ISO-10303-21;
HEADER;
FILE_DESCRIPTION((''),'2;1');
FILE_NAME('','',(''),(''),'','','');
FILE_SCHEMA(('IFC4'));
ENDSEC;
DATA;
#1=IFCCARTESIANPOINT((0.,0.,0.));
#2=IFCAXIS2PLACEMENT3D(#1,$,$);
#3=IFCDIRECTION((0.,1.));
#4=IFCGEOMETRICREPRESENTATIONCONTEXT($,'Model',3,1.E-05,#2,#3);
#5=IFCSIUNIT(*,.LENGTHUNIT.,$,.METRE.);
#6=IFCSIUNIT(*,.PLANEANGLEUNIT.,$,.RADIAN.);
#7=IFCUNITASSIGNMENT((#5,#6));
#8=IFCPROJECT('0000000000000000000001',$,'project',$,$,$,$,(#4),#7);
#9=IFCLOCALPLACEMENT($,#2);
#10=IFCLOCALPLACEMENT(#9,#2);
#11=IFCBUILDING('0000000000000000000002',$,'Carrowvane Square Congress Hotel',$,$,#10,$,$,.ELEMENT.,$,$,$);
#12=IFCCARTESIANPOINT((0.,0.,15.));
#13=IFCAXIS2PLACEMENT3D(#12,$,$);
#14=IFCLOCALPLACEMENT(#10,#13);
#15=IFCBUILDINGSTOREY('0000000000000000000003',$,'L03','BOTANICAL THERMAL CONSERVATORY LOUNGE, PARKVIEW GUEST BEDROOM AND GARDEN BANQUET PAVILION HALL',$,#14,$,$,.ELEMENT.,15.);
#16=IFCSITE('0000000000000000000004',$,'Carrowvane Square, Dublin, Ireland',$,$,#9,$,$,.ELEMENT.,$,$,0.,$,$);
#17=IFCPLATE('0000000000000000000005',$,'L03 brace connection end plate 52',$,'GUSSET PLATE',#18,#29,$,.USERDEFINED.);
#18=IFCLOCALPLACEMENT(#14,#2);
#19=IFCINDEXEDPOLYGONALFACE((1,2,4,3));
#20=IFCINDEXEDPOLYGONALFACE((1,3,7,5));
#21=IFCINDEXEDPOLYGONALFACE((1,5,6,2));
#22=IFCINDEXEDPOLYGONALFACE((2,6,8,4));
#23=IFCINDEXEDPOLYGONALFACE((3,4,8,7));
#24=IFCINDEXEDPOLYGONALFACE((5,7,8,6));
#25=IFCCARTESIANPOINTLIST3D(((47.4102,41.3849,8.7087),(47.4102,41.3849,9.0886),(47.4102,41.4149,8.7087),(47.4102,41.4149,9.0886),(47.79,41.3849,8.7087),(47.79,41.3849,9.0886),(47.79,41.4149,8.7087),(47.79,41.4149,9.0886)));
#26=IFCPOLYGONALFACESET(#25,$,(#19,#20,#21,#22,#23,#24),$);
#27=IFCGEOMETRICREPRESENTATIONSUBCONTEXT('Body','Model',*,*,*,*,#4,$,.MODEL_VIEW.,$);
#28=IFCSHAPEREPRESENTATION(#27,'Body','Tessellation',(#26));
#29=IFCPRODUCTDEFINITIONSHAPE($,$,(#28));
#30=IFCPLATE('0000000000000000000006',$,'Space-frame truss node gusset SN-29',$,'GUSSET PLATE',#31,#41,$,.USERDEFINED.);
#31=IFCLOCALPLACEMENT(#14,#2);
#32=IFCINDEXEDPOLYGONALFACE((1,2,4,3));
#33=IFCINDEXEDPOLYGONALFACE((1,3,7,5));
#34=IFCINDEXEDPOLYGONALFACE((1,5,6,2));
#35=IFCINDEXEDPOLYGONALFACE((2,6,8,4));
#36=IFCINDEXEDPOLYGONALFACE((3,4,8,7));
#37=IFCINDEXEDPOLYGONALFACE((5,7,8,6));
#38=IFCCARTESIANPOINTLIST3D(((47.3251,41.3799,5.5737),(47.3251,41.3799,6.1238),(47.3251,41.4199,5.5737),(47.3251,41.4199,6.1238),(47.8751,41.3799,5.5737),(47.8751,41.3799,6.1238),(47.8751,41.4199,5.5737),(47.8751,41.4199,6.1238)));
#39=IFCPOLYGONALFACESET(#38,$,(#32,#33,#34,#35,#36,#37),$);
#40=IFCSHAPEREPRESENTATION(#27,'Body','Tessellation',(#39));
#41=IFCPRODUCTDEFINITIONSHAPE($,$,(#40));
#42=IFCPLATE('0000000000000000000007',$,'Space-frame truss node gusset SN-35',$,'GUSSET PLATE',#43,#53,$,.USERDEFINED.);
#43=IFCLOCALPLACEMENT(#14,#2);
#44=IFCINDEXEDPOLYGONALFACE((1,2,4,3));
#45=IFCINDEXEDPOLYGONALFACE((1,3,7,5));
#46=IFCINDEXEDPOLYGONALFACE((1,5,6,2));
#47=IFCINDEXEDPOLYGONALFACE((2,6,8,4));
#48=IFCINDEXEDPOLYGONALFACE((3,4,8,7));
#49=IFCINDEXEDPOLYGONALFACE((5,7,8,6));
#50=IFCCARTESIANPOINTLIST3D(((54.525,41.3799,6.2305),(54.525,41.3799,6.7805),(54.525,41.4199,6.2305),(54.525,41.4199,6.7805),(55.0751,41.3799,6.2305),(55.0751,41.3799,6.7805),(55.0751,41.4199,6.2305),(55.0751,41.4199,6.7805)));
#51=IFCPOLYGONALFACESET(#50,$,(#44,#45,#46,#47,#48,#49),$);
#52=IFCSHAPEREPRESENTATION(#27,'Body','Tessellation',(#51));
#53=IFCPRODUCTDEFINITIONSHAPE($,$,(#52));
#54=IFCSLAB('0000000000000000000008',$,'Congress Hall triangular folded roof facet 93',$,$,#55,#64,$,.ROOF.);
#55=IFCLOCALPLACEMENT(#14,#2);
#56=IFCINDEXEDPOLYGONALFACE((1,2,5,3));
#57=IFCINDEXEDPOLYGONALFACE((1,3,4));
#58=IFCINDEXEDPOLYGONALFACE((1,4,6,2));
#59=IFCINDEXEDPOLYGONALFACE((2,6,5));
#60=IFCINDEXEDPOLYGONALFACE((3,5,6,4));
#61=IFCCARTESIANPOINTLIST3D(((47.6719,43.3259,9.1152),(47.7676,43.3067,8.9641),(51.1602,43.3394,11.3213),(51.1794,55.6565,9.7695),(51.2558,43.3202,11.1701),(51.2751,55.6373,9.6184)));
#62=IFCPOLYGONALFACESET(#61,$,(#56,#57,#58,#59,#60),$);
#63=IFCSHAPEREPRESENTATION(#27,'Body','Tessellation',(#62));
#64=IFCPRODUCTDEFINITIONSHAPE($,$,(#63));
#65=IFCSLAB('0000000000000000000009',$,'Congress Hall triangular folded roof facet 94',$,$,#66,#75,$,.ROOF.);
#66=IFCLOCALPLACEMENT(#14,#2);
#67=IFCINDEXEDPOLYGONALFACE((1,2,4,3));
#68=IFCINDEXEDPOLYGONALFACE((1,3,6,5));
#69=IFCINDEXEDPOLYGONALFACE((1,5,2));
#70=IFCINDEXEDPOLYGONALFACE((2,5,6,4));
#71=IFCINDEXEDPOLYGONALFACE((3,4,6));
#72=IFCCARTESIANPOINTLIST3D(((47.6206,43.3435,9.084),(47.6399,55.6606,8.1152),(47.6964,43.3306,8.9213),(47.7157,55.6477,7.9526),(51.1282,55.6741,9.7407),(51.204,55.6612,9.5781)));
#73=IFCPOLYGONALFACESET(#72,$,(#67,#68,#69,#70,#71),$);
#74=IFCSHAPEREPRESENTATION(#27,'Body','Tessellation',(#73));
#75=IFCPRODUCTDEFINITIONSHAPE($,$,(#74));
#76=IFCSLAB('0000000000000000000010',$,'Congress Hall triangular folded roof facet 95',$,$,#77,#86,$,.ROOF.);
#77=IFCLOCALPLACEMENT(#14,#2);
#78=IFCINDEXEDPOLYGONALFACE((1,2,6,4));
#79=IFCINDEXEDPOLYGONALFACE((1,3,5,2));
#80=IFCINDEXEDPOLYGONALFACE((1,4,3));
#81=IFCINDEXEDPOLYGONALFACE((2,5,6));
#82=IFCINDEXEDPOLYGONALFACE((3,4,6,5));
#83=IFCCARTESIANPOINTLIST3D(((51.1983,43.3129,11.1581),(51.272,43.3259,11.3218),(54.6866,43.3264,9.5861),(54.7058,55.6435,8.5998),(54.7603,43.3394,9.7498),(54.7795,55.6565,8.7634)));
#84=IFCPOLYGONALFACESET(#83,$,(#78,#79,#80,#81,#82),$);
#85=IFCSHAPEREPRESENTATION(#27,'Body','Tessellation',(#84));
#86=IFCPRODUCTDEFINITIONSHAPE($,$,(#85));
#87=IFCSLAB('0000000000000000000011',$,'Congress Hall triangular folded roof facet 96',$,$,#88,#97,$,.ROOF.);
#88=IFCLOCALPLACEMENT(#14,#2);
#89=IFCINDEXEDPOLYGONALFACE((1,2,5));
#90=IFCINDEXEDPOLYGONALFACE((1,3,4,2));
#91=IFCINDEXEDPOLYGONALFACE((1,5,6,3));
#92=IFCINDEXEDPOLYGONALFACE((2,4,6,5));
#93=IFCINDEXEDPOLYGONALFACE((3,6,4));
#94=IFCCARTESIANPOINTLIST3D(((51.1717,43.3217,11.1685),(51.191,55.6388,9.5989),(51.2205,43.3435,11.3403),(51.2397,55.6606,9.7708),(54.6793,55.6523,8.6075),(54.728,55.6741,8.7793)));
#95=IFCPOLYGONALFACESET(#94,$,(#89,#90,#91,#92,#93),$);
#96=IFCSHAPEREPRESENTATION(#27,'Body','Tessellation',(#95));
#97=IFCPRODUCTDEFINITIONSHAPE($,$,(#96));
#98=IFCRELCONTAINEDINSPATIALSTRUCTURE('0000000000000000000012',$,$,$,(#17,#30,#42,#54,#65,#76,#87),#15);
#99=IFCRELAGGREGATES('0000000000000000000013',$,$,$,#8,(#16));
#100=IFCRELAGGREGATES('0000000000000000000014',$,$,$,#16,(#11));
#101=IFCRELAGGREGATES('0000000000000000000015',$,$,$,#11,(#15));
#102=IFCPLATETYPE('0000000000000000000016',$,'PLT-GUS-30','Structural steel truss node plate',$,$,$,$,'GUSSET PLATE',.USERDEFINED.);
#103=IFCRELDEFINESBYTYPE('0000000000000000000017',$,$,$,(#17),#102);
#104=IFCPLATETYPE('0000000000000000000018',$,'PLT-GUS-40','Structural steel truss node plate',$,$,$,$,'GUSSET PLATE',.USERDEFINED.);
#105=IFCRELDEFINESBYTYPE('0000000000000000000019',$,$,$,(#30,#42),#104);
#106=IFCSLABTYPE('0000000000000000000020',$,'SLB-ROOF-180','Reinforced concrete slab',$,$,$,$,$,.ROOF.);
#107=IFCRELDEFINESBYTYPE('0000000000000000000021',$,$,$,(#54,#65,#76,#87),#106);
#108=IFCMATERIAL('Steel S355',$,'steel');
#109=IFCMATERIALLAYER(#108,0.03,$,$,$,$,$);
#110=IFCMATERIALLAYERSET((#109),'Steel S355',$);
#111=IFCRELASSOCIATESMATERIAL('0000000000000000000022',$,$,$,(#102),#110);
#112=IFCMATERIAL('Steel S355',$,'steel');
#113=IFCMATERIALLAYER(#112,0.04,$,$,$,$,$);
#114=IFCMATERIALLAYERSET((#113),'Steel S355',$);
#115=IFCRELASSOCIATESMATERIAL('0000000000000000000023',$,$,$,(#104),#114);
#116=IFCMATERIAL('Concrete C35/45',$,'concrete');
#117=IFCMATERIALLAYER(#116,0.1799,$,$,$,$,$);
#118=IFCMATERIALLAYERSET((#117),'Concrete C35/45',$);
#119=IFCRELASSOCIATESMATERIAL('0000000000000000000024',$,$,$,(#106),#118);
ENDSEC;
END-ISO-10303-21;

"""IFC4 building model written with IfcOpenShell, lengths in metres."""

from ifc_helpers import new_model, si_unit, direction, frame, origin, origin_2d, place, context, subcontext, project, spatial, polyline, rectangle, outline, extrude, material, layer, layer_set, type_object, element, save


model = new_model("IFC4")

# Units and contexts
model_context = context("Model", 3, precision=1e-05, world=origin(), true_north=direction((0.0, 1.0)))
body_context = subcontext(model_context, "Body", "Model", "MODEL_VIEW")
ifc_project = project(units=[si_unit("LENGTHUNIT", "METRE"), si_unit("PLANEANGLEUNIT", "RADIAN")], contexts=[model_context])

# Site, building, storey
site_placement = place(None, origin())
site = spatial("IfcSite", under=ifc_project, at=site_placement, Name="Carrowvane Square, Dublin, Ireland", CompositionType="ELEMENT", RefElevation=0.0)
building_placement = place(site_placement, origin())
building = spatial("IfcBuilding", under=site, at=building_placement, Name="Carrowvane Square Congress Hotel", CompositionType="ELEMENT")
storey_placement = place(building_placement, frame((0.0, 0.0, 15.0)))
storey = spatial("IfcBuildingStorey", under=building, at=storey_placement, Name="L03", Description="BOTANICAL THERMAL CONSERVATORY LOUNGE, PARKVIEW GUEST BEDROOM AND GARDEN BANQUET PAVILION HALL", CompositionType="ELEMENT", Elevation=15.0)

# Plates
ifc_material_1 = material(Name="Steel S355", Category="steel")
ifc_layer_1 = layer(ifc_material_1, 0.03)
ifc_layer_set_1 = layer_set([ifc_layer_1], Name="Steel S355")
plate_type_1 = type_object("IfcPlateType", Name="PLT-GUS-30", Description="Structural steel truss node plate", ElementType="GUSSET PLATE", PredefinedType="USERDEFINED", material=ifc_layer_set_1)
plate_1_placement = place(storey_placement, frame((47.6001, 41.3999, 8.7087), z_axis=(0.0, 0.0, 1.0), x_axis=(1.0, 0.0, 0.0)))
element("IfcPlate", 1, at=plate_1_placement, inside=storey, type_object=plate_type_1, Name="L03 brace connection end plate 52", ObjectType="GUSSET PLATE", PredefinedType="USERDEFINED", context=body_context, shape_type="SweptSolid", body=[
    extrude(rectangle(XDim=0.3799, YDim=0.03, at=origin_2d()), origin(), (0.0, 0.0, 1.0), 0.3799),
])
ifc_material_2 = material(Name="Steel S355", Category="steel")
ifc_layer_2 = layer(ifc_material_2, 0.04)
ifc_layer_set_2 = layer_set([ifc_layer_2], Name="Steel S355")
plate_type_2 = type_object("IfcPlateType", Name="PLT-GUS-40", Description="Structural steel truss node plate", ElementType="GUSSET PLATE", PredefinedType="USERDEFINED", material=ifc_layer_set_2)
for number, where, z_axis, x_axis, name in (
    (2, (47.6001, 41.3999, 5.5737), (0.0, 0.0, 1.0), (1.0, 0.0, 0.0), "Space-frame truss node gusset SN-29"),
    (3, (54.8, 41.3999, 6.2305), (0.0, 0.0, 1.0), (1.0, 0.0, 0.0), "Space-frame truss node gusset SN-35"),
):
    element("IfcPlate", number, at=place(storey_placement, frame(where, z_axis=z_axis, x_axis=x_axis)), inside=storey, type_object=plate_type_2, Name=name, ObjectType="GUSSET PLATE", PredefinedType="USERDEFINED", context=body_context, shape_type="SweptSolid", body=[
        extrude(rectangle(XDim=0.55, YDim=0.04, at=origin_2d()), origin(), (0.0, 0.0, 1.0), 0.55),
    ])

# Slabs
ifc_material_3 = material(Name="Concrete C35/45", Category="concrete")
ifc_layer_3 = layer(ifc_material_3, 0.1799)
ifc_layer_set_3 = layer_set([ifc_layer_3], Name="Concrete C35/45")
slab_type = type_object("IfcSlabType", Name="SLB-ROOF-180", Description="Reinforced concrete slab", PredefinedType="ROOF", material=ifc_layer_set_3)
slab_1_placement = place(storey_placement, frame((47.6719, 43.3259, 9.1152), z_axis=(-0.531743, 0.106679, 0.84016), x_axis=(0.845164, 0.003253, 0.534497)))
element("IfcSlab", 4, at=slab_1_placement, inside=storey, type_object=slab_type, Name="Congress Hall triangular folded roof facet 93", PredefinedType="ROOF", context=body_context, shape_type="SweptSolid", body=[
    extrude(outline(polyline([(0.0, 0.0), (4.1273, 0.0), (3.3543, 12.3904), (0.0, 0.0)])), origin(), (0.0, 0.0, -1.0), 0.1799),
])
slab_2_placement = place(storey_placement, frame((47.6206, 43.3435, 9.084), z_axis=(-0.421516, 0.071758, 0.903977), x_axis=(0.273248, 0.960582, 0.051162)))
element("IfcSlab", 5, at=slab_2_placement, inside=storey, type_object=slab_type, Name="Congress Hall triangular folded roof facet 94", PredefinedType="ROOF", context=body_context, shape_type="SweptSolid", body=[
    extrude(outline(polyline([(0.0, 0.0), (12.8366, 0.0), (11.7873, 3.7027), (0.0, 0.0)])), origin(), (0.0, 0.0, -1.0), 0.1799),
])
slab_3_placement = place(storey_placement, frame((51.272, 43.3259, 11.3218), z_axis=(0.409561, 0.072183, 0.909423), x_axis=(0.911691, 0.003509, -0.410861)))
element("IfcSlab", 6, at=slab_3_placement, inside=storey, type_object=slab_type, Name="Congress Hall triangular folded roof facet 95", PredefinedType="ROOF", context=body_context, shape_type="SweptSolid", body=[
    extrude(outline(polyline([(0.0, 0.0), (3.8262, 0.0), (4.2922, 12.3478), (0.0, 0.0)])), origin(), (0.0, 0.0, -1.0), 0.1799),
])
slab_4_placement = place(storey_placement, frame((51.2205, 43.3435, 11.3403), z_axis=(0.270947, 0.121262, 0.954926), x_axis=(0.268305, 0.943205, -0.195902)))
element("IfcSlab", 7, at=slab_4_placement, inside=storey, type_object=slab_type, Name="Congress Hall triangular folded roof facet 96", PredefinedType="ROOF", context=body_context, shape_type="SweptSolid", body=[
    extrude(outline(polyline([(0.0, 0.0), (13.0731, 0.0), (11.9302, 3.4417), (0.0, 0.0)])), origin(), (0.0, 0.0, -1.0), 0.1799),
])

save(model, "model.ifc")
